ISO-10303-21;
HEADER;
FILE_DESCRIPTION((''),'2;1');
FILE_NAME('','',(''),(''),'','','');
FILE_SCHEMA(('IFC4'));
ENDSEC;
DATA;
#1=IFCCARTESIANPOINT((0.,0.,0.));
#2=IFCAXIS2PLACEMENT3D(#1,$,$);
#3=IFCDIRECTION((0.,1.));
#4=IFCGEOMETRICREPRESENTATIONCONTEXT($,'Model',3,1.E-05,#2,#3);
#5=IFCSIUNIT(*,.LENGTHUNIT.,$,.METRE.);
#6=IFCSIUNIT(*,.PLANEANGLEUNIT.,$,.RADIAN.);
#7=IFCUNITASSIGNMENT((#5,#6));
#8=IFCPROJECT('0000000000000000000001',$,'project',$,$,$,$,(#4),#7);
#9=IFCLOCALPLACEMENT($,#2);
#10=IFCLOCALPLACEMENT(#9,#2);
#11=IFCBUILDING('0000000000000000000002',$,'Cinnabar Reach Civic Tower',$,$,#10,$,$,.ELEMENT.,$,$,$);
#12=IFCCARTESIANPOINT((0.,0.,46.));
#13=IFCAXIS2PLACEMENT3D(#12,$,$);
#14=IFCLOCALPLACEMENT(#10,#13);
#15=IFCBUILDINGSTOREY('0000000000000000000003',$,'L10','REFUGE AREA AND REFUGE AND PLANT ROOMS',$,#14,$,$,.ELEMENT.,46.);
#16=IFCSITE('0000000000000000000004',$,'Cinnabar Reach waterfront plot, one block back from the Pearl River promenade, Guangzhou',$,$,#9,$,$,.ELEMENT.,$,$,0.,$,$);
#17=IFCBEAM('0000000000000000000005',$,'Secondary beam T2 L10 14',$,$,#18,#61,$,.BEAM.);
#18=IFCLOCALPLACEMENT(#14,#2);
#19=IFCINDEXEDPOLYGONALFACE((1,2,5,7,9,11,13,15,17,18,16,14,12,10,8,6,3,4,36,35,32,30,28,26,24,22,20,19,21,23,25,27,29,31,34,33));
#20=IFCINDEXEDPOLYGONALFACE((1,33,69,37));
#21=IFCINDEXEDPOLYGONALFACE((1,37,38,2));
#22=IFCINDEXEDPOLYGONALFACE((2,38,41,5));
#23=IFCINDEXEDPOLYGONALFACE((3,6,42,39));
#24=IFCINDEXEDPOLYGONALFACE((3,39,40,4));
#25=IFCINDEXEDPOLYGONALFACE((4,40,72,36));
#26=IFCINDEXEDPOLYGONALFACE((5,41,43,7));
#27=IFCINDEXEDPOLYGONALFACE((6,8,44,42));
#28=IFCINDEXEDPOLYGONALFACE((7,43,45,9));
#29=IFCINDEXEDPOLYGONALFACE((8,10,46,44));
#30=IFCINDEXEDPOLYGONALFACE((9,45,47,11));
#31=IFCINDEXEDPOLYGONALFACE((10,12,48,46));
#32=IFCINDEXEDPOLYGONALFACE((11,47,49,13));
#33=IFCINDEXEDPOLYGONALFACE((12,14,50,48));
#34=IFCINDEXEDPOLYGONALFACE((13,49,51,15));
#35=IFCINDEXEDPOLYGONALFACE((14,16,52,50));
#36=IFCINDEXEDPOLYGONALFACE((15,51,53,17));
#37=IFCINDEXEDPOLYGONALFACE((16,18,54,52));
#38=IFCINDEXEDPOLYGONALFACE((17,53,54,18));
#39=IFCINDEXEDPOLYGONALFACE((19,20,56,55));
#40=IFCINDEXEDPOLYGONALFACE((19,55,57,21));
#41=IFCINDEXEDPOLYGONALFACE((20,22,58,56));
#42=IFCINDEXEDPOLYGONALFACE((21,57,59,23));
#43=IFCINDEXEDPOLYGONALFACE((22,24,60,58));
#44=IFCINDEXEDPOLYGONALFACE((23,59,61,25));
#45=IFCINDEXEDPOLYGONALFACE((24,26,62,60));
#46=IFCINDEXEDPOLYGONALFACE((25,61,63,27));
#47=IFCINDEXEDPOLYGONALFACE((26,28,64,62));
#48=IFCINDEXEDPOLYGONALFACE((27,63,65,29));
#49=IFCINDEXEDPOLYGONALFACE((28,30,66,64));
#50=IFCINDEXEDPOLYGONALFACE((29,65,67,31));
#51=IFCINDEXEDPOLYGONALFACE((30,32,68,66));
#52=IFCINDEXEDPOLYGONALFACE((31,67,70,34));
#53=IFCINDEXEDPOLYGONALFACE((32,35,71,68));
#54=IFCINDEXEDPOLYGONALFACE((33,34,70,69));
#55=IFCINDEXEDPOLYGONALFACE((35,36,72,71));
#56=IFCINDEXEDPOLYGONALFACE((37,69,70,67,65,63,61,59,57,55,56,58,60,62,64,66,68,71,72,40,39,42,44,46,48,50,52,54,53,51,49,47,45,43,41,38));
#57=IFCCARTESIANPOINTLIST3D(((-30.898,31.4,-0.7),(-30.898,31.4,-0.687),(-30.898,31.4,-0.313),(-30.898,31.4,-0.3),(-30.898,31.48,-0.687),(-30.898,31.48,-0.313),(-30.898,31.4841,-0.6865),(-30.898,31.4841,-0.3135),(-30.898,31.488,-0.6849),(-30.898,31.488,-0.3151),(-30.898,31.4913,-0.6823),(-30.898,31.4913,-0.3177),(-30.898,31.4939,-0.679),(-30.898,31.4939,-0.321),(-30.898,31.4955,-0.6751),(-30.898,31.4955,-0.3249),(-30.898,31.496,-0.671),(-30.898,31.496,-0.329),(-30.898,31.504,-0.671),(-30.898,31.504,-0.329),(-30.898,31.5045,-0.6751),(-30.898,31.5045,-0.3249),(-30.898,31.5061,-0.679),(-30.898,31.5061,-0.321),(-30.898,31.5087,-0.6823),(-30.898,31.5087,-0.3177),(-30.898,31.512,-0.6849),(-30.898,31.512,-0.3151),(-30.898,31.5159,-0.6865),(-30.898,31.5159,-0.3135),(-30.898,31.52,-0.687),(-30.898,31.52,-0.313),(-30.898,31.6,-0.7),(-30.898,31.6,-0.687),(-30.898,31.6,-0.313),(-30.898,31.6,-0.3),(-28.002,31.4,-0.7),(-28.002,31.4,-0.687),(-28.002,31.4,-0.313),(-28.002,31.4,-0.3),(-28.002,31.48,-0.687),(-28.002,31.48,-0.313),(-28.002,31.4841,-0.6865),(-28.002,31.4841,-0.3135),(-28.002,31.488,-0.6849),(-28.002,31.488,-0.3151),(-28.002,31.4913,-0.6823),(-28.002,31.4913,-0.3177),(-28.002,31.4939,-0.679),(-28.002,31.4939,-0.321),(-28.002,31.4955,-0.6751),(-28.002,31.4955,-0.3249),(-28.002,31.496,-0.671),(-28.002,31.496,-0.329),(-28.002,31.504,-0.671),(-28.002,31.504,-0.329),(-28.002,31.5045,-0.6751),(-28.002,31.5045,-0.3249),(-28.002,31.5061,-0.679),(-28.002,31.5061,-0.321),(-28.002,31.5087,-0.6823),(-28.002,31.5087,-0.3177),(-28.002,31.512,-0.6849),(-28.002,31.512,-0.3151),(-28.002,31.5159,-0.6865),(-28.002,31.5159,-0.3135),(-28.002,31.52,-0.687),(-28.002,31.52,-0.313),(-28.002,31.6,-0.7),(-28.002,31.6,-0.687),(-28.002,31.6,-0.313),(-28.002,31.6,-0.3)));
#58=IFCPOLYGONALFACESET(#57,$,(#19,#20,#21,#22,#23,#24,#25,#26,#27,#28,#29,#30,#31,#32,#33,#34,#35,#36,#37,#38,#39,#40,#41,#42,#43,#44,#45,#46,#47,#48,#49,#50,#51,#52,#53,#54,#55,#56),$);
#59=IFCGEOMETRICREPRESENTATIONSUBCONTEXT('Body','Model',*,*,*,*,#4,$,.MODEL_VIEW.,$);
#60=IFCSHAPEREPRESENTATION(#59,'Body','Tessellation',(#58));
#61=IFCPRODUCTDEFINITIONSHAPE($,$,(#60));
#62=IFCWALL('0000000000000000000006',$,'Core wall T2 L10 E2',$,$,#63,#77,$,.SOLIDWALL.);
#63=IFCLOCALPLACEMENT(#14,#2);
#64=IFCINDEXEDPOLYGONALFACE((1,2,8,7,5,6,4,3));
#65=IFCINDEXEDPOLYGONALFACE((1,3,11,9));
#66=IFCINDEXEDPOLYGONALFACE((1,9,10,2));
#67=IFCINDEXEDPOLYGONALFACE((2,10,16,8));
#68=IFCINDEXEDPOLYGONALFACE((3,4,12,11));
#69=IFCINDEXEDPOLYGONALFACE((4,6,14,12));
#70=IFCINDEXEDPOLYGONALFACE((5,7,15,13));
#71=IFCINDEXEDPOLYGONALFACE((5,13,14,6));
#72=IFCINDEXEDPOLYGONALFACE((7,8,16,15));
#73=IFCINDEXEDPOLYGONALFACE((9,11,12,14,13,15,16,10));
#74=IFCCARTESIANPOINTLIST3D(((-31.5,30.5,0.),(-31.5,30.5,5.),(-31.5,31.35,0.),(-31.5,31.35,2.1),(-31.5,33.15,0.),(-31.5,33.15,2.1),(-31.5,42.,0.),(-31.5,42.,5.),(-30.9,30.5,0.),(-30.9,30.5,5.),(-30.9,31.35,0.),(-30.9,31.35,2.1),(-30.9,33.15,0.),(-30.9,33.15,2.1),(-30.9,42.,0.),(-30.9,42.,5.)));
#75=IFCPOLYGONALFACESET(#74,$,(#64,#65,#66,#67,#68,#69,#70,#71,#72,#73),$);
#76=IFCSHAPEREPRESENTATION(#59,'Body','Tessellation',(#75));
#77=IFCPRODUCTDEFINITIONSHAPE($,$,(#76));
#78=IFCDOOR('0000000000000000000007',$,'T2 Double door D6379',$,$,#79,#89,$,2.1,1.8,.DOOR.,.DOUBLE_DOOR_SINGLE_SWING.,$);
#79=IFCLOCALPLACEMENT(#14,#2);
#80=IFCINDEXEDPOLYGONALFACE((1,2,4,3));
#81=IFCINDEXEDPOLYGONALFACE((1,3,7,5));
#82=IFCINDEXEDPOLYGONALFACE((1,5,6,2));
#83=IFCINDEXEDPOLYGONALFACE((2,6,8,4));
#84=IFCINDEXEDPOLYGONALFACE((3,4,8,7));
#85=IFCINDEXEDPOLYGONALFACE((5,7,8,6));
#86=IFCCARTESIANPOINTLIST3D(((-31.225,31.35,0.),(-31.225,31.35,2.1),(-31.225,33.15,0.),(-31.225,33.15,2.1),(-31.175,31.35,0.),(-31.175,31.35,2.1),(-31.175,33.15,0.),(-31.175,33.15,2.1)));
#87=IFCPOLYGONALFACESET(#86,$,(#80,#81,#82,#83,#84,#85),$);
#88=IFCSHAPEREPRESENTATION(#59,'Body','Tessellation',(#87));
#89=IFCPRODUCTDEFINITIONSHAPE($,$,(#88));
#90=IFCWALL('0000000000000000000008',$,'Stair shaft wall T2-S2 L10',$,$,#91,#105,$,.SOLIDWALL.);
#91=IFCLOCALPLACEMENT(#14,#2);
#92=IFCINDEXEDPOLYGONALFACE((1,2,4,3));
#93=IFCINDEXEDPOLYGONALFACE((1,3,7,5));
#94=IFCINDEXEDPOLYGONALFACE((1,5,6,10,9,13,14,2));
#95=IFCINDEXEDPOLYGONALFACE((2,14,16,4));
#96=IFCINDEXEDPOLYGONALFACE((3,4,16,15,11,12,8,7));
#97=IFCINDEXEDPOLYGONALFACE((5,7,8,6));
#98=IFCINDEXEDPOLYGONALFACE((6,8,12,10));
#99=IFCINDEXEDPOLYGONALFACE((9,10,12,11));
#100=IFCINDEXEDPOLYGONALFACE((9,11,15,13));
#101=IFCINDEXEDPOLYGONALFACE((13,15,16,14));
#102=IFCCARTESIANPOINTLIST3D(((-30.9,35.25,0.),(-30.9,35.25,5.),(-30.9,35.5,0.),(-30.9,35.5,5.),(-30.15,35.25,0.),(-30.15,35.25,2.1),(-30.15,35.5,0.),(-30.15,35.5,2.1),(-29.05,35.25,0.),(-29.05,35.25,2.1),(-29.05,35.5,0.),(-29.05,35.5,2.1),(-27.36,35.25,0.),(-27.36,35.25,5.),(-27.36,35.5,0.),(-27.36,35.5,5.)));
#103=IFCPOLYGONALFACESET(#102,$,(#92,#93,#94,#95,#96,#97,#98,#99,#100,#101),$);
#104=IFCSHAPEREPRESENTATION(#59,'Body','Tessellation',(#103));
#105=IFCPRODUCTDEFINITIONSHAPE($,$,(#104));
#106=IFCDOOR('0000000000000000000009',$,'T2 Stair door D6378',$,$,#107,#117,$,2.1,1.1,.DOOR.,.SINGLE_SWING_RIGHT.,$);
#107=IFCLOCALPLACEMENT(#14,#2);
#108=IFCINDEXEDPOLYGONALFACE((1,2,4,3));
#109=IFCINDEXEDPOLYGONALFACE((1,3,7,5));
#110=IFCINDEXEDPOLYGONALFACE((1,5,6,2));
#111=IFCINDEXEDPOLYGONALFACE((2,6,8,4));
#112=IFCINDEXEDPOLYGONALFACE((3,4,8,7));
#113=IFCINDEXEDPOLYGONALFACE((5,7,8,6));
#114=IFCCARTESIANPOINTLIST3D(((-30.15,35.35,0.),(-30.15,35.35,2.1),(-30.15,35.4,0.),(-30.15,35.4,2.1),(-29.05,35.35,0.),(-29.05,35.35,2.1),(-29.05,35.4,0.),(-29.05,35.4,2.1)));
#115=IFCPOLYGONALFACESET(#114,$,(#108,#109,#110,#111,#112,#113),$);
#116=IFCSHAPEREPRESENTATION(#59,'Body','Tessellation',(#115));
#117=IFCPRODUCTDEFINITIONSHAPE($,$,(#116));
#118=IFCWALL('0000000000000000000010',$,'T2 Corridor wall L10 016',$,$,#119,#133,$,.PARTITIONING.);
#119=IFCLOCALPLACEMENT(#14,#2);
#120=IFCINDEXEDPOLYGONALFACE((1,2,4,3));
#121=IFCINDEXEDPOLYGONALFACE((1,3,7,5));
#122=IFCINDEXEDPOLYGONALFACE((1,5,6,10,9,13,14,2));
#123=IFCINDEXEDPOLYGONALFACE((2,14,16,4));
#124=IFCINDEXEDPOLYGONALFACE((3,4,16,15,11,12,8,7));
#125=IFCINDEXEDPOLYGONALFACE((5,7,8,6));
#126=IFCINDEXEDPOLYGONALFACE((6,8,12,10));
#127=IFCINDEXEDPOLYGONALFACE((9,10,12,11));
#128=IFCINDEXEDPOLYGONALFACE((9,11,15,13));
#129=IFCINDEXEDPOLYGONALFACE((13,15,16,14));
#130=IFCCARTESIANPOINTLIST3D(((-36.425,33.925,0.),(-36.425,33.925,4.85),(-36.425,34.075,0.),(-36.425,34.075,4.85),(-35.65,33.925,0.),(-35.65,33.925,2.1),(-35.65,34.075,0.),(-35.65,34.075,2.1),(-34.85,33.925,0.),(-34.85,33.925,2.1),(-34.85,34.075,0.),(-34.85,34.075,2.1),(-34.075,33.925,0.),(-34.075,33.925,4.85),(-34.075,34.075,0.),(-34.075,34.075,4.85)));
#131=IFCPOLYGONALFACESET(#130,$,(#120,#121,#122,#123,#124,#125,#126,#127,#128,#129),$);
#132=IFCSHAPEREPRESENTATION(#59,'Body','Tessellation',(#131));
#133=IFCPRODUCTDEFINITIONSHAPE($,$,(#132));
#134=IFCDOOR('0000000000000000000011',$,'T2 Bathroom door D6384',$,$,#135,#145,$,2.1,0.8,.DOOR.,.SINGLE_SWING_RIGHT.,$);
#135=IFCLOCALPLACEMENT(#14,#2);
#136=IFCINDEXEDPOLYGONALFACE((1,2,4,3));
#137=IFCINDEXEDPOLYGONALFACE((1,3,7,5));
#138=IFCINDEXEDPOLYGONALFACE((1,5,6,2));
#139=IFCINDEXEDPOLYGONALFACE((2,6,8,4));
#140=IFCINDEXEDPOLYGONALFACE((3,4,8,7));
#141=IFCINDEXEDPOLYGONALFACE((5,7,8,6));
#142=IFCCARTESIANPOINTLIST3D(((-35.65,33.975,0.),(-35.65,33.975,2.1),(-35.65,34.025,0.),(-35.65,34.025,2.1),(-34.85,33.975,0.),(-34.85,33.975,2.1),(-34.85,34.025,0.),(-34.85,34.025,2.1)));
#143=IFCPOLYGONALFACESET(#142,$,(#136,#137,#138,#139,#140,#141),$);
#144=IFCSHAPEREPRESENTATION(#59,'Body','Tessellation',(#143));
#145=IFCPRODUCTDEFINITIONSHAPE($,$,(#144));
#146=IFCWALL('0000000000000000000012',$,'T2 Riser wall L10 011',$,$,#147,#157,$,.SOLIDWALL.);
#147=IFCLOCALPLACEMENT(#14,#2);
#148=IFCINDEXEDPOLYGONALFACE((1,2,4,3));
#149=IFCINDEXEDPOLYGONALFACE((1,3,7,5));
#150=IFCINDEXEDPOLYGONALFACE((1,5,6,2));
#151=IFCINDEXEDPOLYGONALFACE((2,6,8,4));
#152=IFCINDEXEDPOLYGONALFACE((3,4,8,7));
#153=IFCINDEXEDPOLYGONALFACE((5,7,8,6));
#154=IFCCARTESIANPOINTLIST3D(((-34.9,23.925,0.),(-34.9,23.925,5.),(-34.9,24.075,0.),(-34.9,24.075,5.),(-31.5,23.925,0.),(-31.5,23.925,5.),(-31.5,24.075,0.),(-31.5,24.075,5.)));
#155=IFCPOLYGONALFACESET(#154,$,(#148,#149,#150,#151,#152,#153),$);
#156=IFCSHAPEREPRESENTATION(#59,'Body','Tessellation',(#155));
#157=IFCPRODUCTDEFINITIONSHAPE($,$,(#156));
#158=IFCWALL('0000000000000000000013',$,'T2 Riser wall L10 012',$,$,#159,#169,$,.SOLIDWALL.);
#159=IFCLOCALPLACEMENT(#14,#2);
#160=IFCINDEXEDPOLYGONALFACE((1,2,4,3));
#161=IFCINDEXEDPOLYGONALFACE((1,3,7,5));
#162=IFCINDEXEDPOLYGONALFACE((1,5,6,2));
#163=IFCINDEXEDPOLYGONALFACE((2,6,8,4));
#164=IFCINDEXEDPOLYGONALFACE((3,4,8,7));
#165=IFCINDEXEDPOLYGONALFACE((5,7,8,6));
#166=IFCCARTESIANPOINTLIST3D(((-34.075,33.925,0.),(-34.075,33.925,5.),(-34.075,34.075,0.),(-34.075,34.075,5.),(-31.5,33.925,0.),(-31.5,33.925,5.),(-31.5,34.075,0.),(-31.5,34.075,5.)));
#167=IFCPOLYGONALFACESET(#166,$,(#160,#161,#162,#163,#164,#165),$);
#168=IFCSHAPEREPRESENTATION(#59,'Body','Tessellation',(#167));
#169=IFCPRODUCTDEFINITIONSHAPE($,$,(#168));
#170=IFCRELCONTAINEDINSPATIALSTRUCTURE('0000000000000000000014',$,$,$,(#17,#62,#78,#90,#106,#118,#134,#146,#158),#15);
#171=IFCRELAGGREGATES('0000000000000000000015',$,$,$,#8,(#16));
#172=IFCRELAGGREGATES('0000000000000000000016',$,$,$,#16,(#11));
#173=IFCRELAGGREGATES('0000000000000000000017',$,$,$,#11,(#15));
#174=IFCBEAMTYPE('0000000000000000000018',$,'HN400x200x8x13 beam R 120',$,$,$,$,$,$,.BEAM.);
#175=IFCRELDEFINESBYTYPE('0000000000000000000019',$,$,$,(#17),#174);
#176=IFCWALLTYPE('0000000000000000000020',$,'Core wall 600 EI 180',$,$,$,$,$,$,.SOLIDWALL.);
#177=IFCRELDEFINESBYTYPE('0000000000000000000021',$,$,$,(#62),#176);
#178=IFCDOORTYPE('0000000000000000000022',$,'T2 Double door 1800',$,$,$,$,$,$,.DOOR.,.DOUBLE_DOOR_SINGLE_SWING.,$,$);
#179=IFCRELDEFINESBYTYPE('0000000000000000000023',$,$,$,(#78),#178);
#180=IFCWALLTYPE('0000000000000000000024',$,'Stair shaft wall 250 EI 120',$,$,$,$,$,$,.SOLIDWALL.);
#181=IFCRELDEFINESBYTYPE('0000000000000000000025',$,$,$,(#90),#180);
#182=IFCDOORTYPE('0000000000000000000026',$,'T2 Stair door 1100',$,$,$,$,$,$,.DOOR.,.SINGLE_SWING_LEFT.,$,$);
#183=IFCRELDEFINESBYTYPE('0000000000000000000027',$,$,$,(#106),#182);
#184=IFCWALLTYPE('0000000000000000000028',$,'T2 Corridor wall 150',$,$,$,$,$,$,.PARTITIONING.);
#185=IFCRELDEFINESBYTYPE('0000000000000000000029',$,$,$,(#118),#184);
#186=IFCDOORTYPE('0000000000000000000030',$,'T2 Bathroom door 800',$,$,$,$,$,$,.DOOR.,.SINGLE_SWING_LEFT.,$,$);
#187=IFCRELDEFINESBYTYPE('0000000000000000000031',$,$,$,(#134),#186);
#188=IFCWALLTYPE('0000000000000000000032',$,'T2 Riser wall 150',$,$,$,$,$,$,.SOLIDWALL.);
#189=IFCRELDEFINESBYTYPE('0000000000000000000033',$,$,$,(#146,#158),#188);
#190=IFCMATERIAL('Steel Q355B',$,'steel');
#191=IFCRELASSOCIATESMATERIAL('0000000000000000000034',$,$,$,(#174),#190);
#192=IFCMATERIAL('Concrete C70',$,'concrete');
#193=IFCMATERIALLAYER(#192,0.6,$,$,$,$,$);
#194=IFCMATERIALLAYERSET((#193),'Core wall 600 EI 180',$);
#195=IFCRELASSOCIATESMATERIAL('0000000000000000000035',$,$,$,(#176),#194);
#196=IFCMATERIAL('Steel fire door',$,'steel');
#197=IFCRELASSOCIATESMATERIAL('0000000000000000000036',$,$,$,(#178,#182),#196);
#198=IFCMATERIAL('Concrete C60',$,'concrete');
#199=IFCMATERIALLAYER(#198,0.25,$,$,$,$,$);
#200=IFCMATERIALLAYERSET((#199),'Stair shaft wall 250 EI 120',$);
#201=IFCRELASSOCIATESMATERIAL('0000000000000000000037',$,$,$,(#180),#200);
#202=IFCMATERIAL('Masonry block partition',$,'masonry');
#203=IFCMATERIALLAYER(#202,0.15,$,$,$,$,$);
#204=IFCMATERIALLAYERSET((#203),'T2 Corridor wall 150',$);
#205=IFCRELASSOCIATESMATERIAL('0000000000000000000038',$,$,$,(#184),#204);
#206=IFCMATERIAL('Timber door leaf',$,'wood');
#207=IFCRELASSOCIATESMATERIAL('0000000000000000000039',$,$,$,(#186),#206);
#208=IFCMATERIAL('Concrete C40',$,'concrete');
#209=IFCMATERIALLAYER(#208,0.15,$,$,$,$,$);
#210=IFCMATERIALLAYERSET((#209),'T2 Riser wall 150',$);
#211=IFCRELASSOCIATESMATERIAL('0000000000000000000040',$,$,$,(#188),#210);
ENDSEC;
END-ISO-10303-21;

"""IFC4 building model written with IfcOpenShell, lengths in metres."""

from ifc_helpers import new_model, si_unit, direction, frame, frame_2d, origin, origin_2d, place, context, subcontext, project, spatial, rectangle, i_section, extrude, material, layer, layer_set, material_profile, profile_set, type_object, element, fill, save


model = new_model("IFC4")

# Units and contexts
model_context = context("Model", 3, precision=1e-05, world=origin(), true_north=direction((0.0, 1.0)))
body_context = subcontext(model_context, "Body", "Model", "MODEL_VIEW")
ifc_project = project(units=[si_unit("LENGTHUNIT", "METRE"), si_unit("PLANEANGLEUNIT", "RADIAN")], contexts=[model_context])

# Site, building, storey
site_placement = place(None, origin())
site = spatial("IfcSite", under=ifc_project, at=site_placement, Name="Cinnabar Reach waterfront plot, one block back from the Pearl River promenade, Guangzhou", CompositionType="ELEMENT", RefElevation=0.0)
building_placement = place(site_placement, origin())
building = spatial("IfcBuilding", under=site, at=building_placement, Name="Cinnabar Reach Civic Tower", CompositionType="ELEMENT")
storey_placement = place(building_placement, frame((0.0, 0.0, 46.0)))
storey = spatial("IfcBuildingStorey", under=building, at=storey_placement, Name="L10", Description="REFUGE AREA AND REFUGE AND PLANT ROOMS", CompositionType="ELEMENT", Elevation=46.0)

# Beam
ifc_material_1 = material(Name="Steel Q355B", Category="steel")
ifc_material_profile = material_profile(ifc_material_1, i_section(OverallWidth=0.2, OverallDepth=0.4, WebThickness=0.008, FlangeThickness=0.013, FilletRadius=0.016, at=origin_2d()), Name="HN400x200x8x13")
ifc_profile_set = profile_set([ifc_material_profile], Name="Steel Q355B")
beam_type = type_object("IfcBeamType", Name="HN400x200x8x13 beam R 120", PredefinedType="BEAM", material=ifc_profile_set)
beam_placement = place(storey_placement, frame((-30.898, 31.5, -0.5), z_axis=(1.0, 0.0, 0.0), x_axis=(0.0, 1.0, 0.0)))
element("IfcBeam", 1, at=beam_placement, inside=storey, type_object=beam_type, Name="Secondary beam T2 L10 14", PredefinedType="BEAM", context=body_context, shape_type="SweptSolid", body=[
    extrude(i_section(OverallWidth=0.2, OverallDepth=0.4, WebThickness=0.008, FlangeThickness=0.013, FilletRadius=0.016, at=origin_2d()), origin(), (0.0, 0.0, 1.0), 2.896),
])

# Walls, openings, doors
ifc_material_2 = material(Name="Concrete C70", Category="concrete")
ifc_layer_1 = layer(ifc_material_2, 0.6)
ifc_layer_set_1 = layer_set([ifc_layer_1], Name="Core wall 600 EI 180")
wall_type_1 = type_object("IfcWallType", Name="Core wall 600 EI 180", PredefinedType="SOLIDWALL", material=ifc_layer_set_1)
wall_1_placement = place(storey_placement, frame((-31.2, 30.5, 0.0), z_axis=(0.0, 0.0, 1.0), x_axis=(0.0, 1.0, 0.0)))
wall_1 = element("IfcWall", 2, at=wall_1_placement, inside=storey, type_object=wall_type_1, Name="Core wall T2 L10 E2", PredefinedType="SOLIDWALL", context=body_context, shape_type="SweptSolid", body=[
    extrude(rectangle(XDim=11.5, YDim=0.6, at=frame_2d((5.75, 0.0))), origin(), (0.0, 0.0, 1.0), 5.0),
])
opening_1_placement = place(wall_1_placement, frame((0.85, 0.0, 0.0)))
opening_1 = element("IfcOpeningElement", 3, at=opening_1_placement, cuts=wall_1, PredefinedType="OPENING", context=body_context, shape_type="SweptSolid", body=[
    extrude(rectangle(XDim=1.8, YDim=2.1, at=frame_2d((0.9, 1.05))), frame((0.0, 0.31, 0.0), z_axis=(0.0, -1.0, 0.0), x_axis=(1.0, 0.0, 0.0)), (0.0, 0.0, 1.0), 0.62),
])
ifc_material_3 = material(Name="Steel fire door", Category="steel")
door_type_1 = type_object("IfcDoorType", Name="T2 Double door 1800", OperationType="DOUBLE_DOOR_SINGLE_SWING", PredefinedType="DOOR", material=ifc_material_3)
door_1_placement = place(opening_1_placement, origin())
door_1 = element("IfcDoor", 4, at=door_1_placement, inside=storey, type_object=door_type_1, Name="T2 Double door D6379", OperationType="DOUBLE_DOOR_SINGLE_SWING", OverallHeight=2.1, OverallWidth=1.8, PredefinedType="DOOR", context=body_context, shape_type="SweptSolid", body=[
    extrude(rectangle(XDim=1.8, YDim=2.1, at=frame_2d((0.9, 1.05))), frame((0.0, 0.025, 0.0), z_axis=(0.0, -1.0, 0.0), x_axis=(1.0, 0.0, 0.0)), (0.0, 0.0, 1.0), 0.05),
])
fill(opening_1, door_1)
ifc_material_4 = material(Name="Concrete C60", Category="concrete")
ifc_layer_2 = layer(ifc_material_4, 0.25)
ifc_layer_set_2 = layer_set([ifc_layer_2], Name="Stair shaft wall 250 EI 120")
wall_type_2 = type_object("IfcWallType", Name="Stair shaft wall 250 EI 120", PredefinedType="SOLIDWALL", material=ifc_layer_set_2)
wall_2_placement = place(storey_placement, frame((-30.9, 35.375, 0.0), z_axis=(0.0, 0.0, 1.0), x_axis=(1.0, 0.0, 0.0)))
wall_2 = element("IfcWall", 5, at=wall_2_placement, inside=storey, type_object=wall_type_2, Name="Stair shaft wall T2-S2 L10", PredefinedType="SOLIDWALL", context=body_context, shape_type="SweptSolid", body=[
    extrude(rectangle(XDim=3.54, YDim=0.25, at=frame_2d((1.77, 0.0))), origin(), (0.0, 0.0, 1.0), 5.0),
])
opening_2_placement = place(wall_2_placement, frame((0.75, 0.0, 0.0)))
opening_2 = element("IfcOpeningElement", 6, at=opening_2_placement, cuts=wall_2, PredefinedType="OPENING", context=body_context, shape_type="SweptSolid", body=[
    extrude(rectangle(XDim=1.1, YDim=2.1, at=frame_2d((0.55, 1.05))), frame((0.0, 0.135, 0.0), z_axis=(0.0, -1.0, 0.0), x_axis=(1.0, 0.0, 0.0)), (0.0, 0.0, 1.0), 0.27),
])
door_type_2 = type_object("IfcDoorType", Name="T2 Stair door 1100", OperationType="SINGLE_SWING_LEFT", PredefinedType="DOOR", material=ifc_material_3)
door_2_placement = place(opening_2_placement, origin())
door_2 = element("IfcDoor", 7, at=door_2_placement, inside=storey, type_object=door_type_2, Name="T2 Stair door D6378", OperationType="SINGLE_SWING_RIGHT", OverallHeight=2.1, OverallWidth=1.1, PredefinedType="DOOR", context=body_context, shape_type="SweptSolid", body=[
    extrude(rectangle(XDim=1.1, YDim=2.1, at=frame_2d((0.55, 1.05))), frame((0.0, 0.025, 0.0), z_axis=(0.0, -1.0, 0.0), x_axis=(1.0, 0.0, 0.0)), (0.0, 0.0, 1.0), 0.05),
])
fill(opening_2, door_2)
ifc_material_5 = material(Name="Masonry block partition", Category="masonry")
ifc_layer_3 = layer(ifc_material_5, 0.15)
ifc_layer_set_3 = layer_set([ifc_layer_3], Name="T2 Corridor wall 150")
wall_type_3 = type_object("IfcWallType", Name="T2 Corridor wall 150", PredefinedType="PARTITIONING", material=ifc_layer_set_3)
wall_3_placement = place(storey_placement, frame((-34.075, 34.0, 0.0), z_axis=(0.0, 0.0, 1.0), x_axis=(-1.0, 0.0, 0.0)))
wall_3 = element("IfcWall", 8, at=wall_3_placement, inside=storey, type_object=wall_type_3, Name="T2 Corridor wall L10 016", PredefinedType="PARTITIONING", context=body_context, shape_type="SweptSolid", body=[
    extrude(rectangle(XDim=2.35, YDim=0.15, at=frame_2d((1.175, 0.0))), origin(), (0.0, 0.0, 1.0), 4.85),
])
opening_3_placement = place(wall_3_placement, frame((0.775, 0.0, 0.0)))
opening_3 = element("IfcOpeningElement", 9, at=opening_3_placement, cuts=wall_3, PredefinedType="OPENING", context=body_context, shape_type="SweptSolid", body=[
    extrude(rectangle(XDim=0.8, YDim=2.1, at=frame_2d((0.4, 1.05))), frame((0.0, 0.085, 0.0), z_axis=(0.0, -1.0, 0.0), x_axis=(1.0, 0.0, 0.0)), (0.0, 0.0, 1.0), 0.17),
])
ifc_material_6 = material(Name="Timber door leaf", Category="wood")
door_type_3 = type_object("IfcDoorType", Name="T2 Bathroom door 800", OperationType="SINGLE_SWING_LEFT", PredefinedType="DOOR", material=ifc_material_6)
door_3_placement = place(opening_3_placement, frame((0.8, 0.0, 0.0), z_axis=(0.0, 0.0, 1.0), x_axis=(-1.0, 0.0, 0.0)))
door_3 = element("IfcDoor", 10, at=door_3_placement, inside=storey, type_object=door_type_3, Name="T2 Bathroom door D6384", OperationType="SINGLE_SWING_RIGHT", OverallHeight=2.1, OverallWidth=0.8, PredefinedType="DOOR", context=body_context, shape_type="SweptSolid", body=[
    extrude(rectangle(XDim=0.8, YDim=2.1, at=frame_2d((0.4, 1.05))), frame((0.0, 0.025, 0.0), z_axis=(0.0, -1.0, 0.0), x_axis=(1.0, 0.0, 0.0)), (0.0, 0.0, 1.0), 0.05),
])
fill(opening_3, door_3)

# Walls
ifc_material_7 = material(Name="Concrete C40", Category="concrete")
ifc_layer_4 = layer(ifc_material_7, 0.15)
ifc_layer_set_4 = layer_set([ifc_layer_4], Name="T2 Riser wall 150")
wall_type_4 = type_object("IfcWallType", Name="T2 Riser wall 150", PredefinedType="SOLIDWALL", material=ifc_layer_set_4)
wall_4_placement = place(storey_placement, frame((-31.5, 24.0, 0.0), z_axis=(0.0, 0.0, 1.0), x_axis=(-1.0, 0.0, 0.0)))
element("IfcWall", 11, at=wall_4_placement, inside=storey, type_object=wall_type_4, Name="T2 Riser wall L10 011", PredefinedType="SOLIDWALL", context=body_context, shape_type="SweptSolid", body=[
    extrude(rectangle(XDim=3.4, YDim=0.15, at=frame_2d((1.7, 0.0))), origin(), (0.0, 0.0, 1.0), 5.0),
])
wall_5_placement = place(storey_placement, frame((-34.075, 34.0, 0.0), z_axis=(0.0, 0.0, 1.0), x_axis=(1.0, 0.0, 0.0)))
element("IfcWall", 12, at=wall_5_placement, inside=storey, type_object=wall_type_4, Name="T2 Riser wall L10 012", PredefinedType="SOLIDWALL", context=body_context, shape_type="SweptSolid", body=[
    extrude(rectangle(XDim=2.575, YDim=0.15, at=frame_2d((1.2875, 0.0))), origin(), (0.0, 0.0, 1.0), 5.0),
])

save(model, "model.ifc")
